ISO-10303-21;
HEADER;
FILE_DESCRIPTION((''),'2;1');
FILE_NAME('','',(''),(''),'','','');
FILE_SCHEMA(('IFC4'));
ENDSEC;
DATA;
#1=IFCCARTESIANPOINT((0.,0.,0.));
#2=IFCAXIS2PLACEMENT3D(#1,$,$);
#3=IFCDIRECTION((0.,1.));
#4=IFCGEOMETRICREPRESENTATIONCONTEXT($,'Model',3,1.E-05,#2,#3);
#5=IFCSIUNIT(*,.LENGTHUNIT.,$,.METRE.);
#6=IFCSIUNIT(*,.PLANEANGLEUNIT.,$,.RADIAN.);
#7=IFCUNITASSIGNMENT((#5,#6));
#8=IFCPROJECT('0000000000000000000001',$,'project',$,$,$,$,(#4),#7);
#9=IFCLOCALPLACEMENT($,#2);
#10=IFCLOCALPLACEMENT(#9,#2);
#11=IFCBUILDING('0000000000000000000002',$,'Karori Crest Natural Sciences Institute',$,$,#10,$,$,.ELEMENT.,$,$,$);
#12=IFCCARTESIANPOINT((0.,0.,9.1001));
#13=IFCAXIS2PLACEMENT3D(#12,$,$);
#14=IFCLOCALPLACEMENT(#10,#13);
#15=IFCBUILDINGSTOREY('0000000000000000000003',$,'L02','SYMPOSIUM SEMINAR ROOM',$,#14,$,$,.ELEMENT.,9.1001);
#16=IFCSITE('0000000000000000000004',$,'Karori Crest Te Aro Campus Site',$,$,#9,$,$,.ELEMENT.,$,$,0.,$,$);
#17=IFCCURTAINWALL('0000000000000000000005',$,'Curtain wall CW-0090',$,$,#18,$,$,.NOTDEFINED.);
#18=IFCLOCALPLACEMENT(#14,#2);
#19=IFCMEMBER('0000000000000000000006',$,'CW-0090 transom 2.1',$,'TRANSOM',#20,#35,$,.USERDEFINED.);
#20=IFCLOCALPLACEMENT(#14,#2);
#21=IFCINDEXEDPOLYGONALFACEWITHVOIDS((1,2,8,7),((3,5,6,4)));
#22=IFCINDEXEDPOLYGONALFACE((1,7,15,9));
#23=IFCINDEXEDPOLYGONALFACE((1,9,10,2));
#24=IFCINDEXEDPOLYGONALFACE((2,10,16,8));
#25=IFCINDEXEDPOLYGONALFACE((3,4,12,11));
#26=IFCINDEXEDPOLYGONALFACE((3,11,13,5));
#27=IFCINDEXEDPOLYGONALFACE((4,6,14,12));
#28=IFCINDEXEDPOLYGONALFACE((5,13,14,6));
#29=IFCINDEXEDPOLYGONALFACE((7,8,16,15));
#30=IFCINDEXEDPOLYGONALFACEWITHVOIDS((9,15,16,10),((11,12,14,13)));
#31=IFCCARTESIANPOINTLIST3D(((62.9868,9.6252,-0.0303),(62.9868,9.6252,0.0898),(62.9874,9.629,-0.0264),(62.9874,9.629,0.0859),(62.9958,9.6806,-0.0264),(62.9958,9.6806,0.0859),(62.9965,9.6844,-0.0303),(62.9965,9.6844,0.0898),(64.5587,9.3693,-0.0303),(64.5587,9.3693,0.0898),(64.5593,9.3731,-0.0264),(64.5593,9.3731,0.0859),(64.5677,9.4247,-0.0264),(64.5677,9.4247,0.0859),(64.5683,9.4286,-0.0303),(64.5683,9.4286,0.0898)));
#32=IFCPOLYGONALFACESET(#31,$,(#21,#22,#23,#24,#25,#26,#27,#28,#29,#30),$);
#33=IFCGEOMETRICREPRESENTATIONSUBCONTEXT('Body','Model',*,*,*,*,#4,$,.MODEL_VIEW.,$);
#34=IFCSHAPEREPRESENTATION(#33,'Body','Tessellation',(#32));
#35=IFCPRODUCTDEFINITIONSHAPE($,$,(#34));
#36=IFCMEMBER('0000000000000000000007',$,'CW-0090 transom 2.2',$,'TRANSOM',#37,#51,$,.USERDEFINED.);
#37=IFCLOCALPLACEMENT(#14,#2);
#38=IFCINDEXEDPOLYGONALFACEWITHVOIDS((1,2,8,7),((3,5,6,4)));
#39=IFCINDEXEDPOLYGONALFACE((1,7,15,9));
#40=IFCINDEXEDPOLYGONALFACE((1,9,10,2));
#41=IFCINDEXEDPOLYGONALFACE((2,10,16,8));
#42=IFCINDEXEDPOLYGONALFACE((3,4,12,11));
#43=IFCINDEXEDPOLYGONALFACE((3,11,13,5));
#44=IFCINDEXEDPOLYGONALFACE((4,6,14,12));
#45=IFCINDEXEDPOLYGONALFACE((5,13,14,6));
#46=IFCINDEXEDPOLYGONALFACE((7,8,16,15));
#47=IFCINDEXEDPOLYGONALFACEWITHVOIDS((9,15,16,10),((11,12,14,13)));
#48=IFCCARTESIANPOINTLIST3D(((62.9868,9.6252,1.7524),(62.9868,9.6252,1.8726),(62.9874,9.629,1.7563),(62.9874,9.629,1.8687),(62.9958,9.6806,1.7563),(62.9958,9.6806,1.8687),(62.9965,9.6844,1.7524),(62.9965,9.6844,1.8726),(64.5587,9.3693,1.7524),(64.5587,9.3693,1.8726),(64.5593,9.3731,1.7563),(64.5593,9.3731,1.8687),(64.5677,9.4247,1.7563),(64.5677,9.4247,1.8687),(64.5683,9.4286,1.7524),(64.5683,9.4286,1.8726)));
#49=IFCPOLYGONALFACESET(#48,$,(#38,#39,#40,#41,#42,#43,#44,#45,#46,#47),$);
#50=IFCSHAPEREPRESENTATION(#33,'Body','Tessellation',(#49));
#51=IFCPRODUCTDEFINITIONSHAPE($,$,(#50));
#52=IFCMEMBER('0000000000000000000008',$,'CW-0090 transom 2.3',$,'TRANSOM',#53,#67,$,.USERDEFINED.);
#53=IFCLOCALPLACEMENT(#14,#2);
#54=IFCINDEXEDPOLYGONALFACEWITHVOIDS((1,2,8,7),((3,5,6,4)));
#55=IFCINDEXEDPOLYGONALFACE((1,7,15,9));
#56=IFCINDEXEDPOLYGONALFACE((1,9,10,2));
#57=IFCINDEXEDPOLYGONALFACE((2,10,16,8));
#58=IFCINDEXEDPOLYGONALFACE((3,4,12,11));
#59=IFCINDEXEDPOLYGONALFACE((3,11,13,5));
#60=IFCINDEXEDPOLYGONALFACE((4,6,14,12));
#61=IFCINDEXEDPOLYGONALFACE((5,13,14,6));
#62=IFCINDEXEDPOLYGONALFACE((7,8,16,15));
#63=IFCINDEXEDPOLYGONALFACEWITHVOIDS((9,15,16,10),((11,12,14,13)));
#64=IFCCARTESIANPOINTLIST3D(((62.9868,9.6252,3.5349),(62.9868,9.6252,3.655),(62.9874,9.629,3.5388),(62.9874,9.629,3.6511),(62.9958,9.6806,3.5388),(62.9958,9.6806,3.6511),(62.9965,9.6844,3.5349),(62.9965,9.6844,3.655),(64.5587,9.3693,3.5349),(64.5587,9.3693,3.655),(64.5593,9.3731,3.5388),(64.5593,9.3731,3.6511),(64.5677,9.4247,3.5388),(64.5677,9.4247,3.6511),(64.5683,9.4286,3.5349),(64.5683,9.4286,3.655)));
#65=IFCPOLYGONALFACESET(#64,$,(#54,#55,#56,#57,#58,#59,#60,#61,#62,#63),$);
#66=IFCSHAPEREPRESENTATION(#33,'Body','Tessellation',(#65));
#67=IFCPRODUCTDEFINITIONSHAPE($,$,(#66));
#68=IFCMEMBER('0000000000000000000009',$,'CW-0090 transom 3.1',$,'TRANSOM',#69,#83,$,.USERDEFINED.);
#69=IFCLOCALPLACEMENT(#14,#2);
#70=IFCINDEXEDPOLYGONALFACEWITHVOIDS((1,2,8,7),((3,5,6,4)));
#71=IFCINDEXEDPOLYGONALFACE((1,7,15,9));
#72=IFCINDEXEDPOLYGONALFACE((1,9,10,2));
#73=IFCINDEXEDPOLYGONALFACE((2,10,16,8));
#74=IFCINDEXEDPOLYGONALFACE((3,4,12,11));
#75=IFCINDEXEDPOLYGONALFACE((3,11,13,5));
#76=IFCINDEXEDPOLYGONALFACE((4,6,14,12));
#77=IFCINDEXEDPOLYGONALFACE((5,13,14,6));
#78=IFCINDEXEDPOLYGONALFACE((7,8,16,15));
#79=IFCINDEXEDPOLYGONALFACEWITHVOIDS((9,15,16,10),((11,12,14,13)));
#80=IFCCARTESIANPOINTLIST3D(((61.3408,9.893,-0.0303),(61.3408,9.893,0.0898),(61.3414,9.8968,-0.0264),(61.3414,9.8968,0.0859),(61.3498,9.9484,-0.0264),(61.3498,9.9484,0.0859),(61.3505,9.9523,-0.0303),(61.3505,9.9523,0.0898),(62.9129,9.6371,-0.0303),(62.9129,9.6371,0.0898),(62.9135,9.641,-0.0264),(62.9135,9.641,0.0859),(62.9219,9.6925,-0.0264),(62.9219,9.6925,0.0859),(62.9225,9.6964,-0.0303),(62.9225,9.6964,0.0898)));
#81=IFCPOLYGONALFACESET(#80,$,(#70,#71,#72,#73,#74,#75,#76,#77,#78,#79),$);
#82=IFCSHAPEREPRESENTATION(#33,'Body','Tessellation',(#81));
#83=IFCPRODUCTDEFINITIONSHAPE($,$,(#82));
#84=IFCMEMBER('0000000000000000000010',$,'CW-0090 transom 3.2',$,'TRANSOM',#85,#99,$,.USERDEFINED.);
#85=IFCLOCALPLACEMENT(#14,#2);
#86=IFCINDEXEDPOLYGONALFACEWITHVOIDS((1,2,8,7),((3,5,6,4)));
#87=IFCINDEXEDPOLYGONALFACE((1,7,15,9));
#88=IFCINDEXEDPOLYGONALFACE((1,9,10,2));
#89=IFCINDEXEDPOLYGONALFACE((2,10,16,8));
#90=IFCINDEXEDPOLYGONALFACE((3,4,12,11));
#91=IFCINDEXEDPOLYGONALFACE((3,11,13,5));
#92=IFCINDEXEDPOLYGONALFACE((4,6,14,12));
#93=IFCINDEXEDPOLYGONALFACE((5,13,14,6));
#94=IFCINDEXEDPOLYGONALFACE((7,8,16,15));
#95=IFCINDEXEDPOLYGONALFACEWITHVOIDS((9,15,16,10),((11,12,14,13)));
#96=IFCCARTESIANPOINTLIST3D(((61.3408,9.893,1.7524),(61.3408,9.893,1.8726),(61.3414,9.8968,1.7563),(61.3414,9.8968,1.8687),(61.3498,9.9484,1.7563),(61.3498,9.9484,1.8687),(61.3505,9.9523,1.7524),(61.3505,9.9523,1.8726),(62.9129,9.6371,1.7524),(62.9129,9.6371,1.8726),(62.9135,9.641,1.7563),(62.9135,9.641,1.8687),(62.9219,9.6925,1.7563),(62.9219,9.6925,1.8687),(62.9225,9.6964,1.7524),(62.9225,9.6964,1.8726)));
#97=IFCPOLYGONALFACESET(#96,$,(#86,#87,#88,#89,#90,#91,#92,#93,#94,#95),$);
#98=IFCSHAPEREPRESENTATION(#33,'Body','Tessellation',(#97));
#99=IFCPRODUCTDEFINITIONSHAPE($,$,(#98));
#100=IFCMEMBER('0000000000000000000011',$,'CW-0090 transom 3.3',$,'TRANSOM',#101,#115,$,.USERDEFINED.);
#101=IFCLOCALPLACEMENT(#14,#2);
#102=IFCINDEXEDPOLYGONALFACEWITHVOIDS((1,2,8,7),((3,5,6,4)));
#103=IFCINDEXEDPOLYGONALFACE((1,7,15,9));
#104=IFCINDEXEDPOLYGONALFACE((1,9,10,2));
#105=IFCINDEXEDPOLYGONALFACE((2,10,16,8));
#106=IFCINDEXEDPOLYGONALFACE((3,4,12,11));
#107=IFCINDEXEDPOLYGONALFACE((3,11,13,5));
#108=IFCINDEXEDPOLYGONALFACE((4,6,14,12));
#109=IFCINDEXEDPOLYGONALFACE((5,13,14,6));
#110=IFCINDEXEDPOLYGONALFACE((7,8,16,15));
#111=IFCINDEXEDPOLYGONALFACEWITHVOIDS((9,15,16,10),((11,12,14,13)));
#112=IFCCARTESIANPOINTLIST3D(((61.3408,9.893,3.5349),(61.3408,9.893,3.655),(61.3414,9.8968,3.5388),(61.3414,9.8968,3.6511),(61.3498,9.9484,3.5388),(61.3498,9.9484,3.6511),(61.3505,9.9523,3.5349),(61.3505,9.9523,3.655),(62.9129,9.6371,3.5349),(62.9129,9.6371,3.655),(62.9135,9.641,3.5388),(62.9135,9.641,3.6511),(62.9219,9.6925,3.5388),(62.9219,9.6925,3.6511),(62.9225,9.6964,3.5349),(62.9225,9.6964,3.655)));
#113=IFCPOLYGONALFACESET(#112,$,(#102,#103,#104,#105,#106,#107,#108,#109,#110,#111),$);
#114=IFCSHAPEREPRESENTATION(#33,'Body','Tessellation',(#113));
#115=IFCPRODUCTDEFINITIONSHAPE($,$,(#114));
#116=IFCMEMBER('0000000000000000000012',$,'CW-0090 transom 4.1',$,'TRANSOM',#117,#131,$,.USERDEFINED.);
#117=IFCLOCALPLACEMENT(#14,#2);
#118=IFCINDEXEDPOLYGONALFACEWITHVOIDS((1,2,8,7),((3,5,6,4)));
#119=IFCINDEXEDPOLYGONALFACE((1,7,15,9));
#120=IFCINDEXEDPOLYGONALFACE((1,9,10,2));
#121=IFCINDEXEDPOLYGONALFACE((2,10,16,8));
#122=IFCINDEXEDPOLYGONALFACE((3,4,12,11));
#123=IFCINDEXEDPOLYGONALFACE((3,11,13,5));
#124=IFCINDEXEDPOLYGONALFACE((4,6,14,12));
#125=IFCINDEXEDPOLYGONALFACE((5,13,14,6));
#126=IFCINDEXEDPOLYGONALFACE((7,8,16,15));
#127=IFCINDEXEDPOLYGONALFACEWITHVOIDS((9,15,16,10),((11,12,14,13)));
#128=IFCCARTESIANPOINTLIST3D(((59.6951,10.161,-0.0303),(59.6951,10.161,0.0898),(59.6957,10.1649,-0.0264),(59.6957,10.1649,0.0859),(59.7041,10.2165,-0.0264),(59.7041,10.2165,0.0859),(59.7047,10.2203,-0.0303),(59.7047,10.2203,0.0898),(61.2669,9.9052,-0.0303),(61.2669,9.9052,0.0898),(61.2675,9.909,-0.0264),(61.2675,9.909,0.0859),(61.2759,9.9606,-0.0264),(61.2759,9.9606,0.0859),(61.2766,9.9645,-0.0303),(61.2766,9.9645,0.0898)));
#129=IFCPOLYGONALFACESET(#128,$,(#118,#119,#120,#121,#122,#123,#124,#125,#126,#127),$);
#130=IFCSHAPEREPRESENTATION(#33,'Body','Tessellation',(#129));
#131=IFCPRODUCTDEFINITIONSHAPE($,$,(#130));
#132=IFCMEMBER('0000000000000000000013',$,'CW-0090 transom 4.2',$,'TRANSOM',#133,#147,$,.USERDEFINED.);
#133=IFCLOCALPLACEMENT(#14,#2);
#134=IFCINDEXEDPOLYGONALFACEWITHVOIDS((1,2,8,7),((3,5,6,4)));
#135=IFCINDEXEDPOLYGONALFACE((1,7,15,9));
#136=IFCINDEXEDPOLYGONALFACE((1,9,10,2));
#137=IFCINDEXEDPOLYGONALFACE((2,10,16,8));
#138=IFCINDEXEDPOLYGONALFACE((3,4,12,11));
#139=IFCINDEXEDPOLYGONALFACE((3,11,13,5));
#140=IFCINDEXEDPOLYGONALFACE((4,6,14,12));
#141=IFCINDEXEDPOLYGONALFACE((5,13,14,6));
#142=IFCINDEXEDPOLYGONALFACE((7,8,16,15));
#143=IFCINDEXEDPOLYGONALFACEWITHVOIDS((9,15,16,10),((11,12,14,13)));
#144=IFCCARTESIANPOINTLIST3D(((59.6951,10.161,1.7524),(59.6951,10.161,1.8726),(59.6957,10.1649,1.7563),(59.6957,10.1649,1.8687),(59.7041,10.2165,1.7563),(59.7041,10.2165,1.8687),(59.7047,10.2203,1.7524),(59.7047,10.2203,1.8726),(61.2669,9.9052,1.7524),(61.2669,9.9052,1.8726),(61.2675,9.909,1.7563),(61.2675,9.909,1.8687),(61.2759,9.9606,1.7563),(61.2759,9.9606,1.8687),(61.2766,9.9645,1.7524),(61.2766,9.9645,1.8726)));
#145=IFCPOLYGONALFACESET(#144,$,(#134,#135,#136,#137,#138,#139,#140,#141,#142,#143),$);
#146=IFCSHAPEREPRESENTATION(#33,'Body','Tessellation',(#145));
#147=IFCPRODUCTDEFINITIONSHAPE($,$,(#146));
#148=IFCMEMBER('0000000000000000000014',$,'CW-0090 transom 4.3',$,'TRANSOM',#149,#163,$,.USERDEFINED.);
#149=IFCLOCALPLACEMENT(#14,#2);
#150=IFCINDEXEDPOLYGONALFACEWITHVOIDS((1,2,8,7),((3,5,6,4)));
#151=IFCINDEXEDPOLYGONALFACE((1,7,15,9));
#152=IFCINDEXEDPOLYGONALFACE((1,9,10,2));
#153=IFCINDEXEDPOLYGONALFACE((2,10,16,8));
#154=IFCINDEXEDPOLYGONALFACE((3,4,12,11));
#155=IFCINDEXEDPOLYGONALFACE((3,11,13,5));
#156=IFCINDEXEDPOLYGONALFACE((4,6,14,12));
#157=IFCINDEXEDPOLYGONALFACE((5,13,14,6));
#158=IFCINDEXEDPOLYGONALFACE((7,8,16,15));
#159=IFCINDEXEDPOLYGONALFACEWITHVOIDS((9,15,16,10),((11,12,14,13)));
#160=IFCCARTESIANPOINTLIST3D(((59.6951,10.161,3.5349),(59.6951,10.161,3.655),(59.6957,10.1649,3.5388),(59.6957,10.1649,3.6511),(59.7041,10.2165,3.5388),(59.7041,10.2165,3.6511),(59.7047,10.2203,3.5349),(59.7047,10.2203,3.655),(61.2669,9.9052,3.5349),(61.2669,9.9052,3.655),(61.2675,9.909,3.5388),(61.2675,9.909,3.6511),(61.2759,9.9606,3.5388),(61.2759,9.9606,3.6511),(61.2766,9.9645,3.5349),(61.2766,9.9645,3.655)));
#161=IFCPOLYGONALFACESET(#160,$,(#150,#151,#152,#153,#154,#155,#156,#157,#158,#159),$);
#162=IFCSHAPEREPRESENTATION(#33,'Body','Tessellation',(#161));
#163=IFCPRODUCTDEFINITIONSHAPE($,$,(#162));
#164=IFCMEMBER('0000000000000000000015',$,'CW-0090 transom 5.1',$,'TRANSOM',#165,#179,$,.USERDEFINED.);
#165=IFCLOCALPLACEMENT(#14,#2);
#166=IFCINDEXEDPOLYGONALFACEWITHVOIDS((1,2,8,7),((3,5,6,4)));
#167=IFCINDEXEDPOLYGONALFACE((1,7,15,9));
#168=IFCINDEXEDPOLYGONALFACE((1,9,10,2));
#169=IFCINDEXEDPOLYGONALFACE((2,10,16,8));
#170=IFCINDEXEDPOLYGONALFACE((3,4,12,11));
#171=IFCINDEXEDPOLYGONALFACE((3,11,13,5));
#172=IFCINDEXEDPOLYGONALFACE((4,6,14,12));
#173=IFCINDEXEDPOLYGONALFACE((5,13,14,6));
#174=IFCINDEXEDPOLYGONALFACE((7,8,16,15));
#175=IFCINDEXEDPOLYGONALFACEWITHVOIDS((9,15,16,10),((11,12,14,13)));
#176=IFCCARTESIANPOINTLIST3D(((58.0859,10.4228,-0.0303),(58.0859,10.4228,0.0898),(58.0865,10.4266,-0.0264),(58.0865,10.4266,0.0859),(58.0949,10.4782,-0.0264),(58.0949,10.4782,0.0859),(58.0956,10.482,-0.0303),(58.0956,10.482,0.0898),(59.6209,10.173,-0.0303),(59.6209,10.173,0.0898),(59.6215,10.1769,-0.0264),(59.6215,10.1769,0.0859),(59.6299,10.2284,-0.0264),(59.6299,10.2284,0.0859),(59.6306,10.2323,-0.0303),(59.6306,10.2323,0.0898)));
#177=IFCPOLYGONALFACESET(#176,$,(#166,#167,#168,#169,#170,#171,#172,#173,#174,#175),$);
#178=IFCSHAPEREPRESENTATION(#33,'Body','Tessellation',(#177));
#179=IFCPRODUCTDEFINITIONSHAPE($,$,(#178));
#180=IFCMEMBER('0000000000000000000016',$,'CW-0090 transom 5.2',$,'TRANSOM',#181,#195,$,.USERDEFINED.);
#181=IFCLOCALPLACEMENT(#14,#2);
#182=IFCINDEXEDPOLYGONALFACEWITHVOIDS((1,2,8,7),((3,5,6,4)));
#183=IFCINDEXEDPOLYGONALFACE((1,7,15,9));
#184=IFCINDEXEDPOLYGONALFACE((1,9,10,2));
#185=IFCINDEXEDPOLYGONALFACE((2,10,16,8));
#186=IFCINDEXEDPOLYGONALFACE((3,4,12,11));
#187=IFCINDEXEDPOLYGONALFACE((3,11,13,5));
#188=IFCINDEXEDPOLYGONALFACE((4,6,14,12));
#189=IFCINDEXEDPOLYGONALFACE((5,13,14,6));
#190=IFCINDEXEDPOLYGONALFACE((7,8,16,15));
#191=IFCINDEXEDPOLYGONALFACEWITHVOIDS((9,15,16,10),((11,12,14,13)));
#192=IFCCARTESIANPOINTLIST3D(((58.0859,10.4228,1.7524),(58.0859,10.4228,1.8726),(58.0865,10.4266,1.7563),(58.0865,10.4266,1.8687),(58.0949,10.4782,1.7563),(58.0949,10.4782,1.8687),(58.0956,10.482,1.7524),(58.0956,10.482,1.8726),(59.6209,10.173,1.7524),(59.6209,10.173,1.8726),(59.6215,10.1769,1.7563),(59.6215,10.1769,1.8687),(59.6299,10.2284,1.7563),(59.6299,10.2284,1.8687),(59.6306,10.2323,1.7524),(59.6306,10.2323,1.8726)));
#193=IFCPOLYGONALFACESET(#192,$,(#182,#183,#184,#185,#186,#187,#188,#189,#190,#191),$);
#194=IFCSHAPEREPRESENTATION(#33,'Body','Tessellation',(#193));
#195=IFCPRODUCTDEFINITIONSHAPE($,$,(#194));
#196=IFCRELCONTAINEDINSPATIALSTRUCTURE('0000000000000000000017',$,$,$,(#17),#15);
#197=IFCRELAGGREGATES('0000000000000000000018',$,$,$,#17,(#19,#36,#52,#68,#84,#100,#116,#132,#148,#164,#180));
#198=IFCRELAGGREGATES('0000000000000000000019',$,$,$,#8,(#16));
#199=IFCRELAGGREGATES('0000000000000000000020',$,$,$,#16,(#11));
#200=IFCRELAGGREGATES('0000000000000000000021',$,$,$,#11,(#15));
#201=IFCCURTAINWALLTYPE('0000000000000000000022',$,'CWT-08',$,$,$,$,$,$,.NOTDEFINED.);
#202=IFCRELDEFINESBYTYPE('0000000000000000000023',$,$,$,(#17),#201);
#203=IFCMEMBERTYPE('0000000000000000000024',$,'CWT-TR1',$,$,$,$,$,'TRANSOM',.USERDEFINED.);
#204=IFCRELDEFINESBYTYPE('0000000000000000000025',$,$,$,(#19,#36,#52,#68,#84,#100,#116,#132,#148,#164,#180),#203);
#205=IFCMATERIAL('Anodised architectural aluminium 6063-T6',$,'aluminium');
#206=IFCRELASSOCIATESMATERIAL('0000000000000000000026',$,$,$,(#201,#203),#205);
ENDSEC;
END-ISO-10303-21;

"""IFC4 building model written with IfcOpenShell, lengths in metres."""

from ifc_helpers import new_model, si_unit, direction, frame, origin, origin_2d, place, context, subcontext, project, spatial, hollow_rectangle, extrude, material, material_profile, profile_set, type_object, element, aggregate, save


model = new_model("IFC4")

# Units and contexts
model_context = context("Model", 3, precision=1e-05, world=origin(), true_north=direction((0.0, 1.0)))
body_context = subcontext(model_context, "Body", "Model", "MODEL_VIEW")
ifc_project = project(units=[si_unit("LENGTHUNIT", "METRE"), si_unit("PLANEANGLEUNIT", "RADIAN")], contexts=[model_context])

# Site, building, storey
site_placement = place(None, origin())
site = spatial("IfcSite", under=ifc_project, at=site_placement, Name="Karori Crest Te Aro Campus Site", CompositionType="ELEMENT", RefElevation=0.0)
building_placement = place(site_placement, origin())
building = spatial("IfcBuilding", under=site, at=building_placement, Name="Karori Crest Natural Sciences Institute", CompositionType="ELEMENT")
storey_placement = place(building_placement, frame((0.0, 0.0, 9.1001)))
storey = spatial("IfcBuildingStorey", under=building, at=storey_placement, Name="L02", Description="SYMPOSIUM SEMINAR ROOM", CompositionType="ELEMENT", Elevation=9.1001)

# Shared definitions
ifc_material_1 = material(Name="Anodised architectural aluminium 6063-T6", Category="aluminium")

# Curtain wall, members
curtain_wall_type_1 = type_object("IfcCurtainWallType", Name="CWT-08", PredefinedType="NOTDEFINED", material=ifc_material_1)
curtain_wall_1_placement = place(storey_placement, origin())
curtain_wall_1 = element("IfcCurtainWall", 1, at=curtain_wall_1_placement, inside=storey, type_object=curtain_wall_type_1, Name="Curtain wall CW-0090", PredefinedType="NOTDEFINED")
ifc_material_profile_1 = material_profile(ifc_material_1, hollow_rectangle(XDim=0.0601, YDim=0.1201, WallThickness=0.0039, at=origin_2d()), Name="CWT120x60x4")
ifc_profile_set_1 = profile_set([ifc_material_profile_1], Name="Anodised architectural aluminium 6063-T6")
member_type_1 = type_object("IfcMemberType", Name="CWT-TR1", ElementType="TRANSOM", PredefinedType="USERDEFINED", material=ifc_profile_set_1)
member_1_placement = place(storey_placement, frame((64.5635, 9.3989, 0.0298), z_axis=(-0.987008, 0.160669, 0.0), x_axis=(-0.160669, -0.987008, 0.0)))
member_1 = element("IfcMember", 2, at=member_1_placement, type_object=member_type_1, Name="CW-0090 transom 2.1", ObjectType="TRANSOM", PredefinedType="USERDEFINED", context=body_context, shape_type="SweptSolid", body=[
    extrude(hollow_rectangle(XDim=0.0601, YDim=0.1201, WallThickness=0.0039, at=origin_2d()), origin(), (0.0, 0.0, 1.0), 1.5925),
])
member_2_placement = place(storey_placement, frame((64.5635, 9.3989, 1.8125), z_axis=(-0.987008, 0.160669, 0.0), x_axis=(-0.160669, -0.987008, 0.0)))
member_2 = element("IfcMember", 3, at=member_2_placement, type_object=member_type_1, Name="CW-0090 transom 2.2", ObjectType="TRANSOM", PredefinedType="USERDEFINED", context=body_context, shape_type="SweptSolid", body=[
    extrude(hollow_rectangle(XDim=0.0601, YDim=0.1201, WallThickness=0.0039, at=origin_2d()), origin(), (0.0, 0.0, 1.0), 1.5925),
])
member_3_placement = place(storey_placement, frame((64.5635, 9.3989, 3.595), z_axis=(-0.987008, 0.160669, 0.0), x_axis=(-0.160669, -0.987008, 0.0)))
member_3 = element("IfcMember", 4, at=member_3_placement, type_object=member_type_1, Name="CW-0090 transom 2.3", ObjectType="TRANSOM", PredefinedType="USERDEFINED", context=body_context, shape_type="SweptSolid", body=[
    extrude(hollow_rectangle(XDim=0.0601, YDim=0.1201, WallThickness=0.0039, at=origin_2d()), origin(), (0.0, 0.0, 1.0), 1.5925),
])
member_4_placement = place(storey_placement, frame((62.9177, 9.6667, 0.0298), z_axis=(-0.987012, 0.160644, 0.0), x_axis=(-0.160644, -0.987012, 0.0)))
member_4 = element("IfcMember", 5, at=member_4_placement, type_object=member_type_1, Name="CW-0090 transom 3.1", ObjectType="TRANSOM", PredefinedType="USERDEFINED", context=body_context, shape_type="SweptSolid", body=[
    extrude(hollow_rectangle(XDim=0.0601, YDim=0.1201, WallThickness=0.0039, at=origin_2d()), origin(), (0.0, 0.0, 1.0), 1.5928),
])
member_5_placement = place(storey_placement, frame((62.9177, 9.6667, 1.8125), z_axis=(-0.987012, 0.160644, 0.0), x_axis=(-0.160644, -0.987012, 0.0)))
member_5 = element("IfcMember", 6, at=member_5_placement, type_object=member_type_1, Name="CW-0090 transom 3.2", ObjectType="TRANSOM", PredefinedType="USERDEFINED", context=body_context, shape_type="SweptSolid", body=[
    extrude(hollow_rectangle(XDim=0.0601, YDim=0.1201, WallThickness=0.0039, at=origin_2d()), origin(), (0.0, 0.0, 1.0), 1.5928),
])
member_6_placement = place(storey_placement, frame((62.9177, 9.6667, 3.595), z_axis=(-0.987012, 0.160644, 0.0), x_axis=(-0.160644, -0.987012, 0.0)))
member_6 = element("IfcMember", 7, at=member_6_placement, type_object=member_type_1, Name="CW-0090 transom 3.3", ObjectType="TRANSOM", PredefinedType="USERDEFINED", context=body_context, shape_type="SweptSolid", body=[
    extrude(hollow_rectangle(XDim=0.0601, YDim=0.1201, WallThickness=0.0039, at=origin_2d()), origin(), (0.0, 0.0, 1.0), 1.5928),
])
member_7_placement = place(storey_placement, frame((61.2717, 9.9348, 0.0298), z_axis=(-0.987008, 0.160669, 0.0), x_axis=(-0.160669, -0.987008, 0.0)))
member_7 = element("IfcMember", 8, at=member_7_placement, type_object=member_type_1, Name="CW-0090 transom 4.1", ObjectType="TRANSOM", PredefinedType="USERDEFINED", context=body_context, shape_type="SweptSolid", body=[
    extrude(hollow_rectangle(XDim=0.0601, YDim=0.1201, WallThickness=0.0039, at=origin_2d()), origin(), (0.0, 0.0, 1.0), 1.5925),
])
member_8_placement = place(storey_placement, frame((61.2717, 9.9348, 1.8125), z_axis=(-0.987008, 0.160669, 0.0), x_axis=(-0.160669, -0.987008, 0.0)))
member_8 = element("IfcMember", 9, at=member_8_placement, type_object=member_type_1, Name="CW-0090 transom 4.2", ObjectType="TRANSOM", PredefinedType="USERDEFINED", context=body_context, shape_type="SweptSolid", body=[
    extrude(hollow_rectangle(XDim=0.0601, YDim=0.1201, WallThickness=0.0039, at=origin_2d()), origin(), (0.0, 0.0, 1.0), 1.5925),
])
member_9_placement = place(storey_placement, frame((61.2717, 9.9348, 3.595), z_axis=(-0.987008, 0.160669, 0.0), x_axis=(-0.160669, -0.987008, 0.0)))
member_9 = element("IfcMember", 10, at=member_9_placement, type_object=member_type_1, Name="CW-0090 transom 4.3", ObjectType="TRANSOM", PredefinedType="USERDEFINED", context=body_context, shape_type="SweptSolid", body=[
    extrude(hollow_rectangle(XDim=0.0601, YDim=0.1201, WallThickness=0.0039, at=origin_2d()), origin(), (0.0, 0.0, 1.0), 1.5925),
])
member_10_placement = place(storey_placement, frame((59.6257, 10.2026, 0.0298), z_axis=(-0.987019, 0.160604, 0.0), x_axis=(-0.160604, -0.987019, 0.0)))
member_10 = element("IfcMember", 11, at=member_10_placement, type_object=member_type_1, Name="CW-0090 transom 5.1", ObjectType="TRANSOM", PredefinedType="USERDEFINED", context=body_context, shape_type="SweptSolid", body=[
    extrude(hollow_rectangle(XDim=0.0601, YDim=0.1201, WallThickness=0.0039, at=origin_2d()), origin(), (0.0, 0.0, 1.0), 1.5552),
])
member_11_placement = place(storey_placement, frame((59.6257, 10.2026, 1.8125), z_axis=(-0.987019, 0.160604, 0.0), x_axis=(-0.160604, -0.987019, 0.0)))
member_11 = element("IfcMember", 12, at=member_11_placement, type_object=member_type_1, Name="CW-0090 transom 5.2", ObjectType="TRANSOM", PredefinedType="USERDEFINED", context=body_context, shape_type="SweptSolid", body=[
    extrude(hollow_rectangle(XDim=0.0601, YDim=0.1201, WallThickness=0.0039, at=origin_2d()), origin(), (0.0, 0.0, 1.0), 1.5552),
])

aggregate(curtain_wall_1, [member_1, member_2, member_3, member_4, member_5, member_6, member_7, member_8, member_9, member_10, member_11])

save(model, "model.ifc")
